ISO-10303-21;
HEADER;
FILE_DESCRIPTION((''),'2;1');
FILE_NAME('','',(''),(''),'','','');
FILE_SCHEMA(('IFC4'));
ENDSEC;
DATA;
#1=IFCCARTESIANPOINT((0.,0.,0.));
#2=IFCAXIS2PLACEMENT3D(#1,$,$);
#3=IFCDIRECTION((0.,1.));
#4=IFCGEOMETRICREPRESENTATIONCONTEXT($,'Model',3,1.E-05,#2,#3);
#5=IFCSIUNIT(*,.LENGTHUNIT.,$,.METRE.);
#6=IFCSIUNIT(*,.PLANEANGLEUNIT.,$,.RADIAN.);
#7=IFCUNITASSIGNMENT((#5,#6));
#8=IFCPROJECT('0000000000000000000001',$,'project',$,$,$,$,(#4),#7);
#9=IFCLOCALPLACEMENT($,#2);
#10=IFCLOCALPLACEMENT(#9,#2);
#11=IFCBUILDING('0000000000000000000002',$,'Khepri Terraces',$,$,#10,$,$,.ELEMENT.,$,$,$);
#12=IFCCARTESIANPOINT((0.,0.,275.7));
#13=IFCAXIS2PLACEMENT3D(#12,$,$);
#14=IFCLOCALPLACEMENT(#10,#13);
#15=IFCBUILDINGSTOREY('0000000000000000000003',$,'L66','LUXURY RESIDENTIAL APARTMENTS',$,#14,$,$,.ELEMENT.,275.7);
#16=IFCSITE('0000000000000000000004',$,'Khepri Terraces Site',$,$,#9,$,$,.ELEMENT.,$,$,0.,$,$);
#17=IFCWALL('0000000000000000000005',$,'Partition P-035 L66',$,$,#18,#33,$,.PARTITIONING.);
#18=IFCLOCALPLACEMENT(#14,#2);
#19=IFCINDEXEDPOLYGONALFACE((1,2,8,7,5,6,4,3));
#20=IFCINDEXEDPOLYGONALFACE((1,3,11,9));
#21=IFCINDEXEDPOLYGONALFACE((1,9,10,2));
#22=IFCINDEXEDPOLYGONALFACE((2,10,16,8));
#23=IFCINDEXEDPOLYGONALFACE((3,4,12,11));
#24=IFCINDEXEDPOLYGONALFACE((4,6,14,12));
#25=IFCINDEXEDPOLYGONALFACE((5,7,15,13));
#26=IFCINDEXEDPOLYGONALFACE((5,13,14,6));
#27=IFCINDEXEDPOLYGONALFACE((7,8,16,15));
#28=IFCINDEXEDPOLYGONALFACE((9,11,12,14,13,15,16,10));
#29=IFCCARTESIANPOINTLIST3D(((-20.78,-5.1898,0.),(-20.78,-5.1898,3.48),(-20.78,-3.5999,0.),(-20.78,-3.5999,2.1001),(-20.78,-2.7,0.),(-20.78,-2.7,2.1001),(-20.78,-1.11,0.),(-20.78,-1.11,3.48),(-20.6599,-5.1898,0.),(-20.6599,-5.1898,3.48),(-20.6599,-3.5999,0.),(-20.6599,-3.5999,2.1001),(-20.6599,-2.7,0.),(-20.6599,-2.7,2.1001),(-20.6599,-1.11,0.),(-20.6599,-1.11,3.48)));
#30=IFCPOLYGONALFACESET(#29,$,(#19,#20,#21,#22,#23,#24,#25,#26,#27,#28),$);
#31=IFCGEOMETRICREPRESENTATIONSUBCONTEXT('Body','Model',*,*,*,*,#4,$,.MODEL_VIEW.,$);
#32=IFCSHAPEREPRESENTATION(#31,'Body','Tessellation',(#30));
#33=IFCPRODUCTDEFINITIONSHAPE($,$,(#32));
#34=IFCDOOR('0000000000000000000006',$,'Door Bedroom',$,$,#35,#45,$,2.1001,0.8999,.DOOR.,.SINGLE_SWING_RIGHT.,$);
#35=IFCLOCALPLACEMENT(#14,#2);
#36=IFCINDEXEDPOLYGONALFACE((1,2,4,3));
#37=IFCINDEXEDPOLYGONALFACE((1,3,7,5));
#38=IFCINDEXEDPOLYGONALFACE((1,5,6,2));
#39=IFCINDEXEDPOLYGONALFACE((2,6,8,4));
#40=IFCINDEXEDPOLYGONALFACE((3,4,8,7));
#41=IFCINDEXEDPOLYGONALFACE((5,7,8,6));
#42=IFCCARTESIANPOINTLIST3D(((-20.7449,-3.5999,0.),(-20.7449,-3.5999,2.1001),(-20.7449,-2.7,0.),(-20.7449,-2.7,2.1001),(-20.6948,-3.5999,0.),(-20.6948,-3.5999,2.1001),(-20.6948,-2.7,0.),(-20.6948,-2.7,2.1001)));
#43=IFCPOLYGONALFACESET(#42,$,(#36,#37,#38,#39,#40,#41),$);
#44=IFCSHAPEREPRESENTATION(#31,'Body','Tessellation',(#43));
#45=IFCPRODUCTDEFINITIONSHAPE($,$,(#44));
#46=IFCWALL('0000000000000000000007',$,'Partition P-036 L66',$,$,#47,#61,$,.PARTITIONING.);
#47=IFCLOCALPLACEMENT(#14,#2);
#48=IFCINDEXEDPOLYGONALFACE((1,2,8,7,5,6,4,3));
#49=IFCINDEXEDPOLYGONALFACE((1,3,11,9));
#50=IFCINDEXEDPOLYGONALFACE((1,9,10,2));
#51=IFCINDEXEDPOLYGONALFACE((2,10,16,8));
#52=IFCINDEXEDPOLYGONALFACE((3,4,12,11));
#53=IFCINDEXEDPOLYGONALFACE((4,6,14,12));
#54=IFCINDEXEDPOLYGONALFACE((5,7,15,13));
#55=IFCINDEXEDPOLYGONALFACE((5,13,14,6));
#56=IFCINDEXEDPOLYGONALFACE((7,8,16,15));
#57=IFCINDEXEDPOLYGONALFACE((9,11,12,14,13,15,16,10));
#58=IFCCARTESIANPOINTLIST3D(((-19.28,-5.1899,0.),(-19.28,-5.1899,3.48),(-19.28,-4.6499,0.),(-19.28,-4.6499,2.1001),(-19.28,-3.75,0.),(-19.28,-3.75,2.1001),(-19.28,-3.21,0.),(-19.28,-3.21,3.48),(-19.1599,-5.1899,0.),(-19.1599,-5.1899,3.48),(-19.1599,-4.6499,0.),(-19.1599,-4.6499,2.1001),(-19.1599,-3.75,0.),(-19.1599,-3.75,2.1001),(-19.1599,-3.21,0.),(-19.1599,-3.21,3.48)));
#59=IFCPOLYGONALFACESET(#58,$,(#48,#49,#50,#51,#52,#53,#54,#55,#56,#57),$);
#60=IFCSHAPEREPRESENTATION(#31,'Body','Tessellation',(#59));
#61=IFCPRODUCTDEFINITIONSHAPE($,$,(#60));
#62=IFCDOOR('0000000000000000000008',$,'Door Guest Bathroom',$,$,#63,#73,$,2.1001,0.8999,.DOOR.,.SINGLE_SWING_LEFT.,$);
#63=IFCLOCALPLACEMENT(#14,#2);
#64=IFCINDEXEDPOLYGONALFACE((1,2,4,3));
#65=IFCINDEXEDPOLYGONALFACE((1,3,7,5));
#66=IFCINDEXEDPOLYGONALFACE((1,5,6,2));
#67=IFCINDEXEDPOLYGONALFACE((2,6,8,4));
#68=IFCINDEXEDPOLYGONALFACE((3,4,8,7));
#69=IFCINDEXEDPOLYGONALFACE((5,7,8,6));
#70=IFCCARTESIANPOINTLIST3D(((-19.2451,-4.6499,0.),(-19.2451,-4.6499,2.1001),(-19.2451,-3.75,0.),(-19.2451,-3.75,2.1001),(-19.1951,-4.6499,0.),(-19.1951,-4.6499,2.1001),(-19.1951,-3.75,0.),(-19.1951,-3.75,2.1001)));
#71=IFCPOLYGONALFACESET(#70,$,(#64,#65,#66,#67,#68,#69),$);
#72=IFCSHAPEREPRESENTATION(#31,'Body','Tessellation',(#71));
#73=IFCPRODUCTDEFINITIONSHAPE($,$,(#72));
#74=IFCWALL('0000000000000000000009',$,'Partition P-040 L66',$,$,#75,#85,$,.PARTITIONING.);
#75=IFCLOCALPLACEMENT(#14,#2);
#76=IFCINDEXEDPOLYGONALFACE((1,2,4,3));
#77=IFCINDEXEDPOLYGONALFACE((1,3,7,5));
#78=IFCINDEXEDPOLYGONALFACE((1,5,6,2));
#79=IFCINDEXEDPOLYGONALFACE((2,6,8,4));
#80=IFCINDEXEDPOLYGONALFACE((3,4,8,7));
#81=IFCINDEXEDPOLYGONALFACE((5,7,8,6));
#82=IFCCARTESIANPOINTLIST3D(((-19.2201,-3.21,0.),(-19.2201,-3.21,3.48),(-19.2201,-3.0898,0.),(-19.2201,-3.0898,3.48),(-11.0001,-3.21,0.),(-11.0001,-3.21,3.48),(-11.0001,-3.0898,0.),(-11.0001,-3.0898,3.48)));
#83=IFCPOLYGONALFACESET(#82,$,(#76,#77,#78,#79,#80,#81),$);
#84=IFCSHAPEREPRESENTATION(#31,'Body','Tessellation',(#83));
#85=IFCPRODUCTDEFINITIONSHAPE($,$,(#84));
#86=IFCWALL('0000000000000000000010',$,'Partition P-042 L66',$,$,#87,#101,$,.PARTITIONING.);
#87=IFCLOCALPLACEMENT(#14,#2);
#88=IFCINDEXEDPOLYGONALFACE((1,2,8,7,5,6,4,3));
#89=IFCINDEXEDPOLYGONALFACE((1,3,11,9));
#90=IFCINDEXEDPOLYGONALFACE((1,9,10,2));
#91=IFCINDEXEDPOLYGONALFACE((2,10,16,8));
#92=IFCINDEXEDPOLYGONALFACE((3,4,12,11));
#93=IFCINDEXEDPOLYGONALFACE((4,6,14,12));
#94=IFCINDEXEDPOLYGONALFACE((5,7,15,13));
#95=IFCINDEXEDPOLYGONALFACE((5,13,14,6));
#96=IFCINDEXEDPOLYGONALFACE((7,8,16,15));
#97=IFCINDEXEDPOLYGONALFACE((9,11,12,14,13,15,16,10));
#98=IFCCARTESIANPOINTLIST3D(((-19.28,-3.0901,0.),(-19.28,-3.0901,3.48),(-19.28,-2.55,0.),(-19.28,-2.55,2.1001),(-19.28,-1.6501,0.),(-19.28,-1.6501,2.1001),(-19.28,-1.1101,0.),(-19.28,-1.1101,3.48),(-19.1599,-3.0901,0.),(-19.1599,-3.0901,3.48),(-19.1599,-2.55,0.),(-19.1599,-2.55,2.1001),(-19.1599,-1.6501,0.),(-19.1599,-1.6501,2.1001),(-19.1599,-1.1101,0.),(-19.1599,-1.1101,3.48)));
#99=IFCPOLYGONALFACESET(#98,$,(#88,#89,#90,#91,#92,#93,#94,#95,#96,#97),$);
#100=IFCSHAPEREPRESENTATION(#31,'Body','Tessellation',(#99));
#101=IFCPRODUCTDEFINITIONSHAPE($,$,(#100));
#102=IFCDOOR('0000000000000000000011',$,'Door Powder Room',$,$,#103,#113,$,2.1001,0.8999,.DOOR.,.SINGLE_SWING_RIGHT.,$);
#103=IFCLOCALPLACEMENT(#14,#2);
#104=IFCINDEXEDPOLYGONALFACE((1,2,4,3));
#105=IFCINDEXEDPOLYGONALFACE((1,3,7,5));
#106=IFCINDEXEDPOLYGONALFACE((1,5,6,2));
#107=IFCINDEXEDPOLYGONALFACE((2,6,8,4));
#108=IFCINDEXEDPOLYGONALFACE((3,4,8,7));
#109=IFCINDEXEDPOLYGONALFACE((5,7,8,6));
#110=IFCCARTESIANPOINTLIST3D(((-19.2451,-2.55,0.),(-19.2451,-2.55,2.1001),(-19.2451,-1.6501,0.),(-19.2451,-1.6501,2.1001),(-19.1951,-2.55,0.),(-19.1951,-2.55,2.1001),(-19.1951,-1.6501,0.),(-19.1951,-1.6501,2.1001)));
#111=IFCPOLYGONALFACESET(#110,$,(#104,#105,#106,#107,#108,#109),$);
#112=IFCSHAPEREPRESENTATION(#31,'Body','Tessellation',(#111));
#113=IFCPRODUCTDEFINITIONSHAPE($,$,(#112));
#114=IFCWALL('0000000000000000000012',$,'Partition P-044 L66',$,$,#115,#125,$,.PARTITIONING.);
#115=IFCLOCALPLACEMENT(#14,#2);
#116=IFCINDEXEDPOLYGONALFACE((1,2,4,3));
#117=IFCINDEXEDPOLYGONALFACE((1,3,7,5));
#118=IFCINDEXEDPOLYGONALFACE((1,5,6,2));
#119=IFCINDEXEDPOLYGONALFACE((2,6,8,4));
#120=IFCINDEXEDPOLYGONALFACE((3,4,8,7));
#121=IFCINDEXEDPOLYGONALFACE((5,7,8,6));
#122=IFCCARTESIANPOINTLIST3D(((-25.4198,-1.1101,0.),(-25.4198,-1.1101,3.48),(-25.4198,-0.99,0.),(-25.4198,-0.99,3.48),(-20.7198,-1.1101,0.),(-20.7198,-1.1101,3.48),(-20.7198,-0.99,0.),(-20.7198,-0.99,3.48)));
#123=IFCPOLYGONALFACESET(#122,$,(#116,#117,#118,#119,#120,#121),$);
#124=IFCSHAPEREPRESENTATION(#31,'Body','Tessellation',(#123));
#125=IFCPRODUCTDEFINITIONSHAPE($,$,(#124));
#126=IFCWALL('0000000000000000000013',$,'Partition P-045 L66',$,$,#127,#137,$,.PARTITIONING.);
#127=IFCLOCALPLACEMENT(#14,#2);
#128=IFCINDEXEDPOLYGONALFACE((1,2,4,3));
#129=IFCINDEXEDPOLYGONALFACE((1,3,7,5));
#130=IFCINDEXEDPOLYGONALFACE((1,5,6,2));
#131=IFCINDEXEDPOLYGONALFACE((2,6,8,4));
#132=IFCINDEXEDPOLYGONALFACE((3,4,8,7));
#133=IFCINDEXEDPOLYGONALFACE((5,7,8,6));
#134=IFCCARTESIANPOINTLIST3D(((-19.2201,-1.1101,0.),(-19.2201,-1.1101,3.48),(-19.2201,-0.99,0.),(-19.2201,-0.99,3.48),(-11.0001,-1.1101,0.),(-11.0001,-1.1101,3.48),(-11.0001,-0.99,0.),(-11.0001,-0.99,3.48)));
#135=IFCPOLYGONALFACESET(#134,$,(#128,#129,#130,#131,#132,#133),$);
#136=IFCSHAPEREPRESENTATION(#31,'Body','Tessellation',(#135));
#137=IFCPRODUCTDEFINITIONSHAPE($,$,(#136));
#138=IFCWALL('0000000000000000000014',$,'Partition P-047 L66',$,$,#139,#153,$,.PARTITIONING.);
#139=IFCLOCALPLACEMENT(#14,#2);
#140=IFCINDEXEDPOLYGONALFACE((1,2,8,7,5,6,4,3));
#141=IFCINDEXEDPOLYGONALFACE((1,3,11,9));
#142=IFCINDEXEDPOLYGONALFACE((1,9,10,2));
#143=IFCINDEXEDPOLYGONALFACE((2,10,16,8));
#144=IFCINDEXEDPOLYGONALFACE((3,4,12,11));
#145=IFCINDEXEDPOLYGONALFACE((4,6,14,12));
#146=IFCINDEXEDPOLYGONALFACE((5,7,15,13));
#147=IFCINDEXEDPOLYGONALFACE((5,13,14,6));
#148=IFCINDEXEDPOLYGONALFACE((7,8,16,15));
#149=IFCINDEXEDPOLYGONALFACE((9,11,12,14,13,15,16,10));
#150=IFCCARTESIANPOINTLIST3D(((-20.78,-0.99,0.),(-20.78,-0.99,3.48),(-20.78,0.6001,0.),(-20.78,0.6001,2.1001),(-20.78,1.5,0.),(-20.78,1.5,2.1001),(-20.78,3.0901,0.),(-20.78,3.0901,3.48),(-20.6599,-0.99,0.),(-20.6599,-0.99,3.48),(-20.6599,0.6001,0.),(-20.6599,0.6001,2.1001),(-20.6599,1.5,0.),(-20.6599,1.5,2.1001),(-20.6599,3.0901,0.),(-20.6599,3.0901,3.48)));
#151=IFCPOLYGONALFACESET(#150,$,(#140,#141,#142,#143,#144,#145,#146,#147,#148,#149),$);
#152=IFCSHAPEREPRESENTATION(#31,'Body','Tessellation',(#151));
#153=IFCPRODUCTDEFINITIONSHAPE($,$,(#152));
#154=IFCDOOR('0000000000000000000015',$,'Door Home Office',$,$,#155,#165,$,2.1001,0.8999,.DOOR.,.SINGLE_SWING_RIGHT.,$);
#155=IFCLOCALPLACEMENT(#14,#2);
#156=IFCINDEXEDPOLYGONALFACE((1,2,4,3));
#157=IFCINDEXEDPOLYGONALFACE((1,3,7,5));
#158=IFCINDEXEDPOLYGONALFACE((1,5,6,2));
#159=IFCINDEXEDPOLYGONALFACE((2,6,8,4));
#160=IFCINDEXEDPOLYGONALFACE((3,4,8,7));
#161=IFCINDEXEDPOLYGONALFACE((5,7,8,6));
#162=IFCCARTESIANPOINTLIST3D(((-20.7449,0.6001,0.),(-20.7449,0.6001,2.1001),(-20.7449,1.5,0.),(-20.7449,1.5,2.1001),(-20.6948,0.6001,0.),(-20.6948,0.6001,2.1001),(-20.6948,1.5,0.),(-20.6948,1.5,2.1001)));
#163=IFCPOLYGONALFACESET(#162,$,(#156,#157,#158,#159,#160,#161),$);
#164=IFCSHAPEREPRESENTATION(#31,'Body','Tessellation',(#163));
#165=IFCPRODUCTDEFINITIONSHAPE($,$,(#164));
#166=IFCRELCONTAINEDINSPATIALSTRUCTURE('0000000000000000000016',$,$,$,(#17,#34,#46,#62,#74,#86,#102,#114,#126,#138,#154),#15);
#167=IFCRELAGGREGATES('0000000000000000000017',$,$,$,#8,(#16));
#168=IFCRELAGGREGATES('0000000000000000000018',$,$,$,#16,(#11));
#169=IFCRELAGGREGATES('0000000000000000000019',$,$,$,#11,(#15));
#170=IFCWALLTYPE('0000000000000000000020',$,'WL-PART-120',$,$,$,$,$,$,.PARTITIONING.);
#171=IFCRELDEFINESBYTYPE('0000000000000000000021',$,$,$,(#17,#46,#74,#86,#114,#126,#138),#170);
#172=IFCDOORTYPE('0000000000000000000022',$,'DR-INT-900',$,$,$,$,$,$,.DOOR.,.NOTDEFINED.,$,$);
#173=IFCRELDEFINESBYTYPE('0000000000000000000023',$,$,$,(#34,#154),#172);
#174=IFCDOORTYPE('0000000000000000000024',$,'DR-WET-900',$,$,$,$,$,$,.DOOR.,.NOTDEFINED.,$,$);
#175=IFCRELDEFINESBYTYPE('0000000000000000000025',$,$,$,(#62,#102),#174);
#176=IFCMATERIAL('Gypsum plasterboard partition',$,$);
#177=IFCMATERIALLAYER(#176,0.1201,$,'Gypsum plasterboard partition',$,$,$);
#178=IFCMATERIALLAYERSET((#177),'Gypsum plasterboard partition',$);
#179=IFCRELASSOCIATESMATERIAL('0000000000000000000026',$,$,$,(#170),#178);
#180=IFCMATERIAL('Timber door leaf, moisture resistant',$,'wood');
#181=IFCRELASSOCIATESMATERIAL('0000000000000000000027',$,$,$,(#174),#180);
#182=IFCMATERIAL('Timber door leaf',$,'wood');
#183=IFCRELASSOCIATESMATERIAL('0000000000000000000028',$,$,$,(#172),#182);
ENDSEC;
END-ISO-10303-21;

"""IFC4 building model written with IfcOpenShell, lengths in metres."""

from ifc_helpers import new_model, si_unit, direction, frame, frame_2d, origin, place, context, subcontext, project, spatial, rectangle, extrude, material, layer, layer_set, type_object, element, fill, save


model = new_model("IFC4")

# Units and contexts
model_context = context("Model", 3, precision=1e-05, world=origin(), true_north=direction((0.0, 1.0)))
body_context = subcontext(model_context, "Body", "Model", "MODEL_VIEW")
ifc_project = project(units=[si_unit("LENGTHUNIT", "METRE"), si_unit("PLANEANGLEUNIT", "RADIAN")], contexts=[model_context])

# Site, building, storey
site_placement = place(None, origin())
site = spatial("IfcSite", under=ifc_project, at=site_placement, Name="Khepri Terraces Site", CompositionType="ELEMENT", RefElevation=0.0)
building_placement = place(site_placement, origin())
building = spatial("IfcBuilding", under=site, at=building_placement, Name="Khepri Terraces", CompositionType="ELEMENT")
storey_placement = place(building_placement, frame((0.0, 0.0, 275.7)))
storey = spatial("IfcBuildingStorey", under=building, at=storey_placement, Name="L66", Description="LUXURY RESIDENTIAL APARTMENTS", CompositionType="ELEMENT", Elevation=275.7)

# Shared definitions
ifc_material_1 = material(Name="Gypsum plasterboard partition")
ifc_layer_1 = layer(ifc_material_1, 0.1201, Name="Gypsum plasterboard partition")
ifc_layer_set_1 = layer_set([ifc_layer_1], Name="Gypsum plasterboard partition")
wall_type_1 = type_object("IfcWallType", Name="WL-PART-120", PredefinedType="PARTITIONING", material=ifc_layer_set_1)

# Shared definitions
ifc_material_2 = material(Name="Timber door leaf, moisture resistant", Category="wood")
door_type_1 = type_object("IfcDoorType", Name="DR-WET-900", OperationType="NOTDEFINED", PredefinedType="DOOR", material=ifc_material_2)

# Walls, openings, doors
wall_1_placement = place(storey_placement, frame((-20.72, -5.1899, 0.0), z_axis=(0.0, 0.0, 1.0), x_axis=(0.0, 1.0, 0.0)))
wall_1 = element("IfcWall", 1, at=wall_1_placement, inside=storey, type_object=wall_type_1, Name="Partition P-035 L66", PredefinedType="PARTITIONING", context=body_context, shape_type="SweptSolid", body=[
    extrude(rectangle(XDim=4.0798, YDim=0.1201, at=frame_2d((2.04, 0.0))), origin(), (0.0, 0.0, 1.0), 3.48),
])
opening_1_placement = place(wall_1_placement, frame((1.5901, 0.0, 0.0)))
opening_1 = element("IfcOpeningElement", 2, at=opening_1_placement, cuts=wall_1, PredefinedType="OPENING", context=body_context, shape_type="SweptSolid", body=[
    extrude(rectangle(XDim=0.8999, YDim=2.1001, at=frame_2d((0.45, 1.05))), frame((0.0, 0.0701, 0.0), z_axis=(0.0, -1.0, 0.0), x_axis=(1.0, 0.0, 0.0)), (0.0, 0.0, 1.0), 0.1401),
])
ifc_material_3 = material(Name="Timber door leaf", Category="wood")
door_type_2 = type_object("IfcDoorType", Name="DR-INT-900", OperationType="NOTDEFINED", PredefinedType="DOOR", material=ifc_material_3)
door_1_placement = place(opening_1_placement, origin())
door_1 = element("IfcDoor", 3, at=door_1_placement, inside=storey, type_object=door_type_2, Name="Door Bedroom", OperationType="SINGLE_SWING_RIGHT", OverallHeight=2.1001, OverallWidth=0.8999, PredefinedType="DOOR", context=body_context, shape_type="SweptSolid", body=[
    extrude(rectangle(XDim=0.8999, YDim=2.1001, at=frame_2d((0.45, 1.05))), frame((0.0, 0.0249, 0.0), z_axis=(0.0, -1.0, 0.0), x_axis=(1.0, 0.0, 0.0)), (0.0, 0.0, 1.0), 0.05),
])
fill(opening_1, door_1)
wall_2_placement = place(storey_placement, frame((-19.22, -5.1899, 0.0), z_axis=(0.0, 0.0, 1.0), x_axis=(0.0, 1.0, 0.0)))
wall_2 = element("IfcWall", 4, at=wall_2_placement, inside=storey, type_object=wall_type_1, Name="Partition P-036 L66", PredefinedType="PARTITIONING", context=body_context, shape_type="SweptSolid", body=[
    extrude(rectangle(XDim=1.98, YDim=0.1201, at=frame_2d((0.99, 0.0))), origin(), (0.0, 0.0, 1.0), 3.48),
])
opening_2_placement = place(wall_2_placement, frame((0.54, 0.0, 0.0)))
opening_2 = element("IfcOpeningElement", 5, at=opening_2_placement, cuts=wall_2, PredefinedType="OPENING", context=body_context, shape_type="SweptSolid", body=[
    extrude(rectangle(XDim=0.8999, YDim=2.1001, at=frame_2d((0.45, 1.05))), frame((0.0, 0.0701, 0.0), z_axis=(0.0, -1.0, 0.0), x_axis=(1.0, 0.0, 0.0)), (0.0, 0.0, 1.0), 0.1401),
])
door_2_placement = place(opening_2_placement, frame((0.8999, 0.0, 0.0), z_axis=(0.0, 0.0, 1.0), x_axis=(-1.0, 0.0, 0.0)))
door_2 = element("IfcDoor", 6, at=door_2_placement, inside=storey, type_object=door_type_1, Name="Door Guest Bathroom", OperationType="SINGLE_SWING_LEFT", OverallHeight=2.1001, OverallWidth=0.8999, PredefinedType="DOOR", context=body_context, shape_type="SweptSolid", body=[
    extrude(rectangle(XDim=0.8999, YDim=2.1001, at=frame_2d((0.45, 1.05))), frame((0.0, 0.0249, 0.0), z_axis=(0.0, -1.0, 0.0), x_axis=(1.0, 0.0, 0.0)), (0.0, 0.0, 1.0), 0.05),
])
fill(opening_2, door_2)

# Wall
wall_3_placement = place(storey_placement, frame((-19.22, -3.1499, 0.0), z_axis=(0.0, 0.0, 1.0), x_axis=(1.0, 0.0, 0.0)))
element("IfcWall", 7, at=wall_3_placement, inside=storey, type_object=wall_type_1, Name="Partition P-040 L66", PredefinedType="PARTITIONING", context=body_context, shape_type="SweptSolid", body=[
    extrude(rectangle(XDim=8.22, YDim=0.1201, at=frame_2d((4.1099, 0.0))), origin(), (0.0, 0.0, 1.0), 3.48),
])

# Wall, opening, door
wall_4_placement = place(storey_placement, frame((-19.22, -3.0901, 0.0), z_axis=(0.0, 0.0, 1.0), x_axis=(0.0, 1.0, 0.0)))
wall_4 = element("IfcWall", 8, at=wall_4_placement, inside=storey, type_object=wall_type_1, Name="Partition P-042 L66", PredefinedType="PARTITIONING", context=body_context, shape_type="SweptSolid", body=[
    extrude(rectangle(XDim=1.98, YDim=0.1201, at=frame_2d((0.99, 0.0))), origin(), (0.0, 0.0, 1.0), 3.48),
])
opening_3_placement = place(wall_4_placement, frame((0.54, 0.0, 0.0)))
opening_3 = element("IfcOpeningElement", 9, at=opening_3_placement, cuts=wall_4, PredefinedType="OPENING", context=body_context, shape_type="SweptSolid", body=[
    extrude(rectangle(XDim=0.8999, YDim=2.1001, at=frame_2d((0.45, 1.05))), frame((0.0, 0.0701, 0.0), z_axis=(0.0, -1.0, 0.0), x_axis=(1.0, 0.0, 0.0)), (0.0, 0.0, 1.0), 0.1401),
])
door_3_placement = place(opening_3_placement, frame((0.8999, 0.0, 0.0), z_axis=(0.0, 0.0, 1.0), x_axis=(-1.0, 0.0, 0.0)))
door_3 = element("IfcDoor", 10, at=door_3_placement, inside=storey, type_object=door_type_1, Name="Door Powder Room", OperationType="SINGLE_SWING_RIGHT", OverallHeight=2.1001, OverallWidth=0.8999, PredefinedType="DOOR", context=body_context, shape_type="SweptSolid", body=[
    extrude(rectangle(XDim=0.8999, YDim=2.1001, at=frame_2d((0.45, 1.05))), frame((0.0, 0.0249, 0.0), z_axis=(0.0, -1.0, 0.0), x_axis=(1.0, 0.0, 0.0)), (0.0, 0.0, 1.0), 0.05),
])
fill(opening_3, door_3)

# Walls
wall_5_placement = place(storey_placement, frame((-25.4199, -1.05, 0.0), z_axis=(0.0, 0.0, 1.0), x_axis=(1.0, 0.0, 0.0)))
element("IfcWall", 11, at=wall_5_placement, inside=storey, type_object=wall_type_1, Name="Partition P-044 L66", PredefinedType="PARTITIONING", context=body_context, shape_type="SweptSolid", body=[
    extrude(rectangle(XDim=4.7, YDim=0.1201, at=frame_2d((2.3501, 0.0))), origin(), (0.0, 0.0, 1.0), 3.48),
])
wall_6_placement = place(storey_placement, frame((-19.22, -1.05, 0.0), z_axis=(0.0, 0.0, 1.0), x_axis=(1.0, 0.0, 0.0)))
element("IfcWall", 12, at=wall_6_placement, inside=storey, type_object=wall_type_1, Name="Partition P-045 L66", PredefinedType="PARTITIONING", context=body_context, shape_type="SweptSolid", body=[
    extrude(rectangle(XDim=8.22, YDim=0.1201, at=frame_2d((4.1099, 0.0))), origin(), (0.0, 0.0, 1.0), 3.48),
])

# Wall, opening, door
wall_7_placement = place(storey_placement, frame((-20.72, -0.99, 0.0), z_axis=(0.0, 0.0, 1.0), x_axis=(0.0, 1.0, 0.0)))
wall_7 = element("IfcWall", 13, at=wall_7_placement, inside=storey, type_object=wall_type_1, Name="Partition P-047 L66", PredefinedType="PARTITIONING", context=body_context, shape_type="SweptSolid", body=[
    extrude(rectangle(XDim=4.0801, YDim=0.1201, at=frame_2d((2.04, 0.0))), origin(), (0.0, 0.0, 1.0), 3.48),
])
opening_4_placement = place(wall_7_placement, frame((1.5901, 0.0, 0.0)))
opening_4 = element("IfcOpeningElement", 14, at=opening_4_placement, cuts=wall_7, PredefinedType="OPENING", context=body_context, shape_type="SweptSolid", body=[
    extrude(rectangle(XDim=0.8999, YDim=2.1001, at=frame_2d((0.45, 1.05))), frame((0.0, 0.0701, 0.0), z_axis=(0.0, -1.0, 0.0), x_axis=(1.0, 0.0, 0.0)), (0.0, 0.0, 1.0), 0.1401),
])
door_4_placement = place(opening_4_placement, origin())
door_4 = element("IfcDoor", 15, at=door_4_placement, inside=storey, type_object=door_type_2, Name="Door Home Office", OperationType="SINGLE_SWING_RIGHT", OverallHeight=2.1001, OverallWidth=0.8999, PredefinedType="DOOR", context=body_context, shape_type="SweptSolid", body=[
    extrude(rectangle(XDim=0.8999, YDim=2.1001, at=frame_2d((0.45, 1.05))), frame((0.0, 0.0249, 0.0), z_axis=(0.0, -1.0, 0.0), x_axis=(1.0, 0.0, 0.0)), (0.0, 0.0, 1.0), 0.05),
])
fill(opening_4, door_4)

save(model, "model.ifc")
